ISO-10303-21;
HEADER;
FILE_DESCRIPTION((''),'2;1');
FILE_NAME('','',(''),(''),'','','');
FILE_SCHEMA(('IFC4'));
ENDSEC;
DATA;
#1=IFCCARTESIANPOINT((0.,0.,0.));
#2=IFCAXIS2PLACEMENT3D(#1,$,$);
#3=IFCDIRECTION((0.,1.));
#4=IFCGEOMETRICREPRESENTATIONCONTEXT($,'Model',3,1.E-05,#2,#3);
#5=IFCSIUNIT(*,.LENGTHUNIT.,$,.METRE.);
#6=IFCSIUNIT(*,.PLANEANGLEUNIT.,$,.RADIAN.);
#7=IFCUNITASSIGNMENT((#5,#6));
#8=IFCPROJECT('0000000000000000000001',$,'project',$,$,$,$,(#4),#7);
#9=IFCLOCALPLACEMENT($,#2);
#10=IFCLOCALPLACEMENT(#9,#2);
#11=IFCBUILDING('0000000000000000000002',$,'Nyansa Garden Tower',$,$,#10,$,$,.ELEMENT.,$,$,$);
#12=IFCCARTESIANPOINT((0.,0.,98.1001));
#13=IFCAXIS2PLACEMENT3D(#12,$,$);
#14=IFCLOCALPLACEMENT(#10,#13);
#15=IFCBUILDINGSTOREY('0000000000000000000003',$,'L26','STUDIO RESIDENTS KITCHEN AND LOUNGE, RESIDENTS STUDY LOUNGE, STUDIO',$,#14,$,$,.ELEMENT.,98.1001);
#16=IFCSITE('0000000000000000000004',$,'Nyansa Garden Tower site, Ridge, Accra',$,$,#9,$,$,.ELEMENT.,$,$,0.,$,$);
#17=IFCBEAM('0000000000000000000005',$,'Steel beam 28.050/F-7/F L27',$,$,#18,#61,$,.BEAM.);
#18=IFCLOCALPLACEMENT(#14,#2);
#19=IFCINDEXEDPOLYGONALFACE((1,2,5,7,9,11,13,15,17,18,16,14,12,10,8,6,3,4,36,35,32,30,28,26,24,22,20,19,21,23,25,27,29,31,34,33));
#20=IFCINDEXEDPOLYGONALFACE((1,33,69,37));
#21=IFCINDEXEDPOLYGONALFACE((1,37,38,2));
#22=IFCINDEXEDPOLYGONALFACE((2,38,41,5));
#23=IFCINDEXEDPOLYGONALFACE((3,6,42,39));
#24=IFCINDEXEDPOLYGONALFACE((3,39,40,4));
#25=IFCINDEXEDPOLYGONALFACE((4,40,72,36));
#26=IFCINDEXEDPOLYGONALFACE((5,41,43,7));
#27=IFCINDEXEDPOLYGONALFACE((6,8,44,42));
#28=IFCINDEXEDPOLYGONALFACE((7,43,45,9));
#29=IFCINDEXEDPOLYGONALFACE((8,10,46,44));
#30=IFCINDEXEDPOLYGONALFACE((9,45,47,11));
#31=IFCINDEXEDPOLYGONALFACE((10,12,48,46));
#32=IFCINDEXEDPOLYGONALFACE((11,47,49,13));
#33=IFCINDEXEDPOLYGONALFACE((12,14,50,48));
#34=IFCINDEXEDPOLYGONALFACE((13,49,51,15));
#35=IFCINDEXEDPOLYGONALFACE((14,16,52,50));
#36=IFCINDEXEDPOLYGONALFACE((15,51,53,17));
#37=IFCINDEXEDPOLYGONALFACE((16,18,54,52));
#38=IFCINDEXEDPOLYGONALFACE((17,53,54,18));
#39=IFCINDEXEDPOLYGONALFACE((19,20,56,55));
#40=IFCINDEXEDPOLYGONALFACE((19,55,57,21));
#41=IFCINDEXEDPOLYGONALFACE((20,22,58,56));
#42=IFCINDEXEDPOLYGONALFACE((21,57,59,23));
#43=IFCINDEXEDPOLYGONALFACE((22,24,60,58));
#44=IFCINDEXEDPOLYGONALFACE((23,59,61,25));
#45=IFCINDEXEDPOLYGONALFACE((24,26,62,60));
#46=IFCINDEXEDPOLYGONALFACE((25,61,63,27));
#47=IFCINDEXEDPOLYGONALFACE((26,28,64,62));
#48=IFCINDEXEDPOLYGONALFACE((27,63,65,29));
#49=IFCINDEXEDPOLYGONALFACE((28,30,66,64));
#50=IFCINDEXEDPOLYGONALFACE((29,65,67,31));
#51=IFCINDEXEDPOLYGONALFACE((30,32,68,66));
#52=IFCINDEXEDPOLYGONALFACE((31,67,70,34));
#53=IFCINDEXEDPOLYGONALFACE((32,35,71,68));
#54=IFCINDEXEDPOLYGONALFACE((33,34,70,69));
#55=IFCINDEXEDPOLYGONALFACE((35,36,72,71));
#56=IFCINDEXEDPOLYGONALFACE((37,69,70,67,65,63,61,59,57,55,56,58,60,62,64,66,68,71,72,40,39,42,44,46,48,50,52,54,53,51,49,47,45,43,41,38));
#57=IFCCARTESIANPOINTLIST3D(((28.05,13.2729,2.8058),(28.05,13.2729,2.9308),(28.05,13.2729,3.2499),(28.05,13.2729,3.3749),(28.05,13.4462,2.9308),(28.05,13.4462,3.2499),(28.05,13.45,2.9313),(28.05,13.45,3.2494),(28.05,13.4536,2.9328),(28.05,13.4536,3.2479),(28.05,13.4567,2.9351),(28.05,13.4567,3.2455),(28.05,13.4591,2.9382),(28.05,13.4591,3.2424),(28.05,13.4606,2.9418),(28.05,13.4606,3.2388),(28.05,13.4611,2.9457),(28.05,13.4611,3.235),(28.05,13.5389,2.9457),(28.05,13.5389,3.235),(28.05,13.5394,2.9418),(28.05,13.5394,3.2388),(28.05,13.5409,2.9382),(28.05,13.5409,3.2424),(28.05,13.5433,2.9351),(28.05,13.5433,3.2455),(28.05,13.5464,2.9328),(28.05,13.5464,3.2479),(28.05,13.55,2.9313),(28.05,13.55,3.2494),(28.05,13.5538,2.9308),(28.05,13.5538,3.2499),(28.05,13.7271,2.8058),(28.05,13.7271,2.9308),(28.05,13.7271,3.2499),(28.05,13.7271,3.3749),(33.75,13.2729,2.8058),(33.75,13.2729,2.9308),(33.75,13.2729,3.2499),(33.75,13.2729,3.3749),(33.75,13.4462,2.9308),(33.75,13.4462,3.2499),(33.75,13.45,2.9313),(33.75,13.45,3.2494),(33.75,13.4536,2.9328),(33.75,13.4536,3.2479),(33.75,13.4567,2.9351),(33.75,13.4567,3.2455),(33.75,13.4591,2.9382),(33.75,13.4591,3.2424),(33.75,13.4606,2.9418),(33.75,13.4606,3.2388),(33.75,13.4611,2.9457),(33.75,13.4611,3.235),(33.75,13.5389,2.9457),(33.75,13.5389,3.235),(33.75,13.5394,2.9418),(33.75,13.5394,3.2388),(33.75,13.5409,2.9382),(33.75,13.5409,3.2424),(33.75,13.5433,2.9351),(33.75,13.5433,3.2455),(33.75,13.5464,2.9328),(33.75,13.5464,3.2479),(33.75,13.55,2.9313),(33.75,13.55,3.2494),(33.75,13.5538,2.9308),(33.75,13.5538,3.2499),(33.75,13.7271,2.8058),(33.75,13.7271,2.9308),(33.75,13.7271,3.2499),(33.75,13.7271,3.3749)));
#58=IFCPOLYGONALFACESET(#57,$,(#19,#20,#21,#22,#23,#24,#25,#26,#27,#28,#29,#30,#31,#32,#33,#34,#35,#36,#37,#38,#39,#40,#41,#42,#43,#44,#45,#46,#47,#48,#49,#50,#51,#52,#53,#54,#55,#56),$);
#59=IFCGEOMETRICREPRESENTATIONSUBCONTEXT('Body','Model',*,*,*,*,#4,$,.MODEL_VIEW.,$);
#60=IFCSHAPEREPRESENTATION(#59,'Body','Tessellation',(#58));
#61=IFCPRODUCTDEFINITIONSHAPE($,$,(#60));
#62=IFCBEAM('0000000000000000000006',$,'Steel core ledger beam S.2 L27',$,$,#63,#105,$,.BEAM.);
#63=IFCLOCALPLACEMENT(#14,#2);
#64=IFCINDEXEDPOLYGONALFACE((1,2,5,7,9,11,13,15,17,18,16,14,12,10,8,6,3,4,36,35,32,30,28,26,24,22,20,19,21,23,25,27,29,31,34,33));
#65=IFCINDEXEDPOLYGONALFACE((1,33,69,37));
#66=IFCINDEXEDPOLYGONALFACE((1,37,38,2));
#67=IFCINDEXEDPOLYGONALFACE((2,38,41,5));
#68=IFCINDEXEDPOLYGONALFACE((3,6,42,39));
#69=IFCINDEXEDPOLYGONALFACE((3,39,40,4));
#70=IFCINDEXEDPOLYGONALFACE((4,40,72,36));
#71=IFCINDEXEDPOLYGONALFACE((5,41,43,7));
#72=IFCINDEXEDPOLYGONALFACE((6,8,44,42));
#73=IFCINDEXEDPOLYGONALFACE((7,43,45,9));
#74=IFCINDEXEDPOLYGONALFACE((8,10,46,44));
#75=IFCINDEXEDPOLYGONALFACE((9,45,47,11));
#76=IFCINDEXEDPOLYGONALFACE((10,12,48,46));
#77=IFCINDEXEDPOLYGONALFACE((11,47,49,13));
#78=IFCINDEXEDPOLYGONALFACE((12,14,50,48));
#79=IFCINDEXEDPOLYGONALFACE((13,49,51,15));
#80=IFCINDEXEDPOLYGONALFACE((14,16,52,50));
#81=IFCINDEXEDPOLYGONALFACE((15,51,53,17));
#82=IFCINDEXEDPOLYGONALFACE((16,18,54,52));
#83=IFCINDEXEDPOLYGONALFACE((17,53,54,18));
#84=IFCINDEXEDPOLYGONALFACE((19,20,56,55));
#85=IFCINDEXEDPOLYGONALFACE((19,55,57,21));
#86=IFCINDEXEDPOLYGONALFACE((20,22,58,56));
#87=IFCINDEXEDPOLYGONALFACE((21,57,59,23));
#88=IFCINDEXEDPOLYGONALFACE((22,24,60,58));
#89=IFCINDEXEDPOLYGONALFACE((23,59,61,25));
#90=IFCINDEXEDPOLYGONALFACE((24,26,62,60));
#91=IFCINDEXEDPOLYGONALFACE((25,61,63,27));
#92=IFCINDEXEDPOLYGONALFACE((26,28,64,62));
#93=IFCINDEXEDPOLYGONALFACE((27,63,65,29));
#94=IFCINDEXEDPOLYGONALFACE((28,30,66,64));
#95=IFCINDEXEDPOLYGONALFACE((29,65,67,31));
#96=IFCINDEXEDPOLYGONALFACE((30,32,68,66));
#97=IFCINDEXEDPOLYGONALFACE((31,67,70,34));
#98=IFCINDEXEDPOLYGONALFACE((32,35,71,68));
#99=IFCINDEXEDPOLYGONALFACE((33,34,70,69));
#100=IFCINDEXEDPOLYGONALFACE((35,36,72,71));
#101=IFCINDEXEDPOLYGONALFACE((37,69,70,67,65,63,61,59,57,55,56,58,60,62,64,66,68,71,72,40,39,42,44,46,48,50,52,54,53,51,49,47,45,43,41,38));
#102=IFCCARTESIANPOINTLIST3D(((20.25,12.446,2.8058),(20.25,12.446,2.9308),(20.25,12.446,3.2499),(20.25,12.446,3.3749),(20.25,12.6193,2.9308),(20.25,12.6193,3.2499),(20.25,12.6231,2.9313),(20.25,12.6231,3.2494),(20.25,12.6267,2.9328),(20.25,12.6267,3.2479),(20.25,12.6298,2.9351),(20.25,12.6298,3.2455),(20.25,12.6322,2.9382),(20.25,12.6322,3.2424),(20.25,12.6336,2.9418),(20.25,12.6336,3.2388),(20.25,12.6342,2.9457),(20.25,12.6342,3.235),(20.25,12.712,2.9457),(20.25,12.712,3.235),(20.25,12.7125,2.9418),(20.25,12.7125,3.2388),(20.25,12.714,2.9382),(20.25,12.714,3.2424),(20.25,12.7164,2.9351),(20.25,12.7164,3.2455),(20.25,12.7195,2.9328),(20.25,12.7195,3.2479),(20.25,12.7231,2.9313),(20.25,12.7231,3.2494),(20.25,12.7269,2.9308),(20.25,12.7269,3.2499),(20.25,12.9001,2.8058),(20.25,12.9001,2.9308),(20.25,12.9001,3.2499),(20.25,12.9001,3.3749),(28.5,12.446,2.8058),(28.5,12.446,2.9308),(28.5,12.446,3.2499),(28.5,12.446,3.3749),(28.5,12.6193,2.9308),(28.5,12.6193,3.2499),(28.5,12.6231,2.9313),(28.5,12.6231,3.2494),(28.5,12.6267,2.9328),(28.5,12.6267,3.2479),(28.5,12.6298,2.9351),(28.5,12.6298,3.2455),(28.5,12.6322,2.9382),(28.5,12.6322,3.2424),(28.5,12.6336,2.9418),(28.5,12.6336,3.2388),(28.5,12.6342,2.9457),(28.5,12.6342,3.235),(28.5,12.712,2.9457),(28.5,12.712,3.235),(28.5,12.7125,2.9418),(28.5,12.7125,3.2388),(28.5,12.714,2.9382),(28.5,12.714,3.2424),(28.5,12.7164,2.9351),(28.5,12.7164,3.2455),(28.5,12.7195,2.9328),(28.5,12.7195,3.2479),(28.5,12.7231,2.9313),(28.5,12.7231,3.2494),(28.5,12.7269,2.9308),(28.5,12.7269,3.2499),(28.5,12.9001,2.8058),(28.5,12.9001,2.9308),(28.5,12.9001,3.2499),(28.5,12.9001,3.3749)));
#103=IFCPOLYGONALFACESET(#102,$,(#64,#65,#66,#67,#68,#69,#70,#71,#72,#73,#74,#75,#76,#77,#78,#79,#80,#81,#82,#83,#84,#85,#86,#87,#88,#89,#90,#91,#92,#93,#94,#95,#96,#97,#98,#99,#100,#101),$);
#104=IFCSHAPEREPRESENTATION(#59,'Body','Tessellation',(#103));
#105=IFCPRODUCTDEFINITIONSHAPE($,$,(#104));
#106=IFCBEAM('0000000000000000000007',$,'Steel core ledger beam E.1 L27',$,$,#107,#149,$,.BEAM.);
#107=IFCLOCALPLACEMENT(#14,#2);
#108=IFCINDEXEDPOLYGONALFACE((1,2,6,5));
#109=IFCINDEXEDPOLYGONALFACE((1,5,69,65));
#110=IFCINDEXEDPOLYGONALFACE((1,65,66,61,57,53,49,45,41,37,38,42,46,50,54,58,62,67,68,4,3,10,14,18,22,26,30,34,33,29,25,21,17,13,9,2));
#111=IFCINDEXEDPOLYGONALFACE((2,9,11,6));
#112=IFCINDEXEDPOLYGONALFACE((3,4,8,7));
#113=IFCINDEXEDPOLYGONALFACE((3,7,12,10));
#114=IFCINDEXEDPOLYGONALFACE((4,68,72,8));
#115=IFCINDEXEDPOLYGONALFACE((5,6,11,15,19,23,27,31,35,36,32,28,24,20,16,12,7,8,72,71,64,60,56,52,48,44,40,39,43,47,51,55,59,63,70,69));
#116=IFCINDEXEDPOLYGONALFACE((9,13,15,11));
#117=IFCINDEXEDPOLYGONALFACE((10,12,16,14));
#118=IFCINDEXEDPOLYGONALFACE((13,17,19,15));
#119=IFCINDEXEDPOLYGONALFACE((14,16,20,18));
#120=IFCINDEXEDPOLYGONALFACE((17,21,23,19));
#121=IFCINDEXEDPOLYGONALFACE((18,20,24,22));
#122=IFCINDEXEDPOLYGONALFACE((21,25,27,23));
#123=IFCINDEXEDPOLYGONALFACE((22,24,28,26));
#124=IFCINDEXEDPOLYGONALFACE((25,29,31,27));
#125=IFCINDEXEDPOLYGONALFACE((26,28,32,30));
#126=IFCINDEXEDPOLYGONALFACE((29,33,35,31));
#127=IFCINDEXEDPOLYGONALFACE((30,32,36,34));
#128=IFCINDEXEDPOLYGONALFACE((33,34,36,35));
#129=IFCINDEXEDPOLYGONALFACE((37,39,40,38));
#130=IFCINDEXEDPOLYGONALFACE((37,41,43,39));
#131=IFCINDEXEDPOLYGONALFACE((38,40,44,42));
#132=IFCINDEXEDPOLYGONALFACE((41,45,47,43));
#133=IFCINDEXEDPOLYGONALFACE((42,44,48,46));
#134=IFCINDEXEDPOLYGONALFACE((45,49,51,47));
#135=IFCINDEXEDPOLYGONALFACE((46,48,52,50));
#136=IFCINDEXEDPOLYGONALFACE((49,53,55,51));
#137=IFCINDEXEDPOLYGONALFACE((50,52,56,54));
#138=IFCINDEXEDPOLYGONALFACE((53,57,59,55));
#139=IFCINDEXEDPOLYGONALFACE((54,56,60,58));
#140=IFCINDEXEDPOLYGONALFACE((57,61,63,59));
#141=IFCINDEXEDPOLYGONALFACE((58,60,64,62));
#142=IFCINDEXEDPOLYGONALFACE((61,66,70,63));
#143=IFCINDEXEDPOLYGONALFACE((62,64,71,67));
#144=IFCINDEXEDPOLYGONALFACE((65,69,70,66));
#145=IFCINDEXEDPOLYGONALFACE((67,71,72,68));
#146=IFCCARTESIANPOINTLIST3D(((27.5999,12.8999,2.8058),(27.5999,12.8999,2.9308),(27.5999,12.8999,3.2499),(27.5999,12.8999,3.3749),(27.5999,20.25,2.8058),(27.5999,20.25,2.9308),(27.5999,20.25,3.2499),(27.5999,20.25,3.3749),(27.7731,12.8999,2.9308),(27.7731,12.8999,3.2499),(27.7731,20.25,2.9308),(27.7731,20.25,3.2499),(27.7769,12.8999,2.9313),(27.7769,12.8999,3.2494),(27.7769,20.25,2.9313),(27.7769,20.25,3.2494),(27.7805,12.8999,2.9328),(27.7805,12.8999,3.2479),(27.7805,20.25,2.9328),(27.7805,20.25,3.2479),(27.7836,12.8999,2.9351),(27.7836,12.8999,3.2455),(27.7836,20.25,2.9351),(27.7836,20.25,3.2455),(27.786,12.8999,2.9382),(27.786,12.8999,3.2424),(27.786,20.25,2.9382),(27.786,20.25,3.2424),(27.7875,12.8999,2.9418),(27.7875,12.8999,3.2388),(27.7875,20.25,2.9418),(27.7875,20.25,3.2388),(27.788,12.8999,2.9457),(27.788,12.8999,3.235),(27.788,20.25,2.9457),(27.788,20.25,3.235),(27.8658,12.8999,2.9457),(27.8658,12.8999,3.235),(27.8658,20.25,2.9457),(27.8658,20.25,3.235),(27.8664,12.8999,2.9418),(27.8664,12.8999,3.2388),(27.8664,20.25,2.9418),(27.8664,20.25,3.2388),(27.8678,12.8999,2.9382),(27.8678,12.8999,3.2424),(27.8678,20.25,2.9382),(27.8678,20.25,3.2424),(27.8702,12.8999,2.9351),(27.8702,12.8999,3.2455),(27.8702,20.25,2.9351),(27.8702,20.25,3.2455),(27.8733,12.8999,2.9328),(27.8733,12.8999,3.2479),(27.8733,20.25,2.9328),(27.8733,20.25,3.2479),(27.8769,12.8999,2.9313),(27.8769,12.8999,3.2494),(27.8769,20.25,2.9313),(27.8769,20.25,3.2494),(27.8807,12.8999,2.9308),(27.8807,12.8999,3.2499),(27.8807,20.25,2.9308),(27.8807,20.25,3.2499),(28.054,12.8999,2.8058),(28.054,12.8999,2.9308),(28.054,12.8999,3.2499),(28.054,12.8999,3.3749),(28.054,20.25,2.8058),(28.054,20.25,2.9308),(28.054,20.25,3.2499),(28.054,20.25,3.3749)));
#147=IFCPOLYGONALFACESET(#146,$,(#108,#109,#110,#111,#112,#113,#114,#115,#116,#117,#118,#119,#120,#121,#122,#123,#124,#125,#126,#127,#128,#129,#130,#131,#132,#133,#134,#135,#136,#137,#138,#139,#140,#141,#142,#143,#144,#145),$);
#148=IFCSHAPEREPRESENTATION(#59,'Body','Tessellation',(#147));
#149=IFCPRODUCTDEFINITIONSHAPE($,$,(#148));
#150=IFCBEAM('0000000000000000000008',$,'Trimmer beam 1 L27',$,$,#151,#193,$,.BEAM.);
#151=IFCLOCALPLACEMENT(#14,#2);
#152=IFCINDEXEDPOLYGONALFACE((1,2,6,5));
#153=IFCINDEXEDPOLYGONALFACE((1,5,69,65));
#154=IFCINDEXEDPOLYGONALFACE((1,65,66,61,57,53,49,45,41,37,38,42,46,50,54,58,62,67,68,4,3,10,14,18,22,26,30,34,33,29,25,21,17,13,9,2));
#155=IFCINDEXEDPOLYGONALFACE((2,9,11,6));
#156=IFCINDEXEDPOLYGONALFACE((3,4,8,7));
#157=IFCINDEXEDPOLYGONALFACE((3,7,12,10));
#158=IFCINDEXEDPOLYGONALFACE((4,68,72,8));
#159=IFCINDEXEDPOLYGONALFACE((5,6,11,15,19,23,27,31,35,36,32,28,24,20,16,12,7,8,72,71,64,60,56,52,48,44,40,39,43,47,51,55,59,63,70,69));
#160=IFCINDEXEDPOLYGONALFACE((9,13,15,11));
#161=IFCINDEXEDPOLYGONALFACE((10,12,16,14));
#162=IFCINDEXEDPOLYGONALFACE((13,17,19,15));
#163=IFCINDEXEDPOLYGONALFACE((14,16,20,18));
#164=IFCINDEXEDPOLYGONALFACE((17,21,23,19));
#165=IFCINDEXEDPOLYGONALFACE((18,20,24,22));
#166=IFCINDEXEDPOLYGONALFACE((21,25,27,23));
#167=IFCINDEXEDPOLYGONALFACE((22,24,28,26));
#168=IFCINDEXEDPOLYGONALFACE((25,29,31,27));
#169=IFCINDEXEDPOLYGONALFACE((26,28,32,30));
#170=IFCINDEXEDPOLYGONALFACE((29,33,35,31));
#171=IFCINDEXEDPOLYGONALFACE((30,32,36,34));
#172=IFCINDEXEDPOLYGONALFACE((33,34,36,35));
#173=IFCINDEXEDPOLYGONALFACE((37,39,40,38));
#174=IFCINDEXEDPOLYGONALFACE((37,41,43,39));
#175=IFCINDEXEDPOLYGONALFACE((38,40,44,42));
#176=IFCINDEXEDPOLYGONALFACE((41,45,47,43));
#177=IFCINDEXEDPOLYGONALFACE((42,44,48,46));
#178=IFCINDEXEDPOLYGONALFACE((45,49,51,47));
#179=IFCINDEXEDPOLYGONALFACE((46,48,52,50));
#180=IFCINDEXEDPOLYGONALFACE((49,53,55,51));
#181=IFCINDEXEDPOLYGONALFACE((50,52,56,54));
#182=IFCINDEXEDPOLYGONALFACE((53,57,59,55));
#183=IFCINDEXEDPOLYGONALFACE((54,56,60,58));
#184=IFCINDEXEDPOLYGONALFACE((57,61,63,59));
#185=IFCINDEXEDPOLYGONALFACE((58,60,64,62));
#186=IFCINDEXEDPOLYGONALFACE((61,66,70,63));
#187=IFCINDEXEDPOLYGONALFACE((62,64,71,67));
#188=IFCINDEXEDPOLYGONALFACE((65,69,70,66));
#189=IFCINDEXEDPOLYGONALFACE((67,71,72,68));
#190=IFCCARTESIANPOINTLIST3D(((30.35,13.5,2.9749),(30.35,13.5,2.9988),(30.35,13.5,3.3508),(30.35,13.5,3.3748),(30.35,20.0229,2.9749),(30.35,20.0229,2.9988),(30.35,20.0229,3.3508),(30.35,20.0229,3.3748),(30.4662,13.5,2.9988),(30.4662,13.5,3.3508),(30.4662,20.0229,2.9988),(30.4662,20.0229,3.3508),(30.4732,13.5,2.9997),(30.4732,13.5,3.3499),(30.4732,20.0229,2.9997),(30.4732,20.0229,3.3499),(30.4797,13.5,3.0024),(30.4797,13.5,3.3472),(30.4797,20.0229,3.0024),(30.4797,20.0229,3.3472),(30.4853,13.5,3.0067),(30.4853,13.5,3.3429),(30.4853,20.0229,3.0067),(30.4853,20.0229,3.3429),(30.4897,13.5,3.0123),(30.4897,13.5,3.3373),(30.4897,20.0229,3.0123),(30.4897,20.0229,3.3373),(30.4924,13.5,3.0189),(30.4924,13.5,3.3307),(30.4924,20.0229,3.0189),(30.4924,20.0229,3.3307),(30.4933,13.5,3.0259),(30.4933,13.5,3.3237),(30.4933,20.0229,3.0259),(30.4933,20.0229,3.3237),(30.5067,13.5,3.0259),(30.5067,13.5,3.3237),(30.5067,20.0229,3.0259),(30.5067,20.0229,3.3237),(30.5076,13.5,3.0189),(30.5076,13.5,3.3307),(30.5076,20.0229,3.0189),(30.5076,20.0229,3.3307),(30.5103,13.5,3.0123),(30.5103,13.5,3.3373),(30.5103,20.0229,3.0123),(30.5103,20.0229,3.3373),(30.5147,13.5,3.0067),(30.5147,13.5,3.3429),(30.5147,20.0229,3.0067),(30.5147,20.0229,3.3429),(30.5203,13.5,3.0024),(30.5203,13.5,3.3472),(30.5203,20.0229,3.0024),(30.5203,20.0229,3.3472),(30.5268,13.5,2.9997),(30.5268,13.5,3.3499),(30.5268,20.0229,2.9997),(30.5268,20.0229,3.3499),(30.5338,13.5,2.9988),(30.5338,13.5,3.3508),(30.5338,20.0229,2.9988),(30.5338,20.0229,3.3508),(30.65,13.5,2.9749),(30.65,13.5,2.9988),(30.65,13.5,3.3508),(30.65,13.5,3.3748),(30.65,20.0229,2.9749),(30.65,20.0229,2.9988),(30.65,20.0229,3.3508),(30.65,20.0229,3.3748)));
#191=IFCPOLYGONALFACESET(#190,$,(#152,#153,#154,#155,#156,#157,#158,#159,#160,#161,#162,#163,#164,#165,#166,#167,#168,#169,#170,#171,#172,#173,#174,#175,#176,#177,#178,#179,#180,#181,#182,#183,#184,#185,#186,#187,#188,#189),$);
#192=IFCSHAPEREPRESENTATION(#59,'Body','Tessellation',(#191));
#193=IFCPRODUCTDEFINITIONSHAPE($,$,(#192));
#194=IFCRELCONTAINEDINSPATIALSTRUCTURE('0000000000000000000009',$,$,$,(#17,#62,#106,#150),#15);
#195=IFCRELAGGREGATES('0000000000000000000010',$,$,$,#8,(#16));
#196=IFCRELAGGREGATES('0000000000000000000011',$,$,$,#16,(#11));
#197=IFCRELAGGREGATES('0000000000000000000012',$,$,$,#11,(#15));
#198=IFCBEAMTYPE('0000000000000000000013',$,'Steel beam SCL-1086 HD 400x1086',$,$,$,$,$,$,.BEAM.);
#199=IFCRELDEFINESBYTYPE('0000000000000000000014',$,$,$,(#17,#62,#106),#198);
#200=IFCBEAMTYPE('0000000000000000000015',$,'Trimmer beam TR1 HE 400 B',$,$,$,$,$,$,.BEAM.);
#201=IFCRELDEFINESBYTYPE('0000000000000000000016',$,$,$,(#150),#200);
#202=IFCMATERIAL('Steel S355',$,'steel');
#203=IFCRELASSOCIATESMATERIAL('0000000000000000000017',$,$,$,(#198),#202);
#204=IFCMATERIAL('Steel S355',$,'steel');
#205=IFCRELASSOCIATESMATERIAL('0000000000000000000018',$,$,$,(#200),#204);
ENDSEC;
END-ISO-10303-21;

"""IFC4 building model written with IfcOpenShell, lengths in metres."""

from ifc_helpers import new_model, si_unit, direction, frame, origin, origin_2d, place, context, subcontext, project, spatial, i_section, extrude, material, material_profile, profile_set, type_object, element, save


model = new_model("IFC4")

# Units and contexts
model_context = context("Model", 3, precision=1e-05, world=origin(), true_north=direction((0.0, 1.0)))
body_context = subcontext(model_context, "Body", "Model", "MODEL_VIEW")
ifc_project = project(units=[si_unit("LENGTHUNIT", "METRE"), si_unit("PLANEANGLEUNIT", "RADIAN")], contexts=[model_context])

# Site, building, storey
site_placement = place(None, origin())
site = spatial("IfcSite", under=ifc_project, at=site_placement, Name="Nyansa Garden Tower site, Ridge, Accra", CompositionType="ELEMENT", RefElevation=0.0)
building_placement = place(site_placement, origin())
building = spatial("IfcBuilding", under=site, at=building_placement, Name="Nyansa Garden Tower", CompositionType="ELEMENT")
storey_placement = place(building_placement, frame((0.0, 0.0, 98.1001)))
storey = spatial("IfcBuildingStorey", under=building, at=storey_placement, Name="L26", Description="STUDIO RESIDENTS KITCHEN AND LOUNGE, RESIDENTS STUDY LOUNGE, STUDIO", CompositionType="ELEMENT", Elevation=98.1001)

# Beams
ifc_material_1 = material(Name="Steel S355", Category="steel")
ifc_material_profile_1 = material_profile(ifc_material_1, i_section(OverallWidth=0.4541, OverallDepth=0.5691, WebThickness=0.0779, FlangeThickness=0.125, FilletRadius=0.0149, at=origin_2d()), Name="HD 400x1086")
ifc_profile_set_1 = profile_set([ifc_material_profile_1], Name="Steel S355")
beam_type_1 = type_object("IfcBeamType", Name="Steel beam SCL-1086 HD 400x1086", PredefinedType="BEAM", material=ifc_profile_set_1)
for number, where, z_axis, x_axis, name in (
    (1, (28.05, 13.5, 3.0903), (1.0, 0.0, 0.0), (0.0, 1.0, 0.0), "Steel beam 28.050/F-7/F L27"),
):
    element("IfcBeam", number, at=place(storey_placement, frame(where, z_axis=z_axis, x_axis=x_axis)), inside=storey, type_object=beam_type_1, Name=name, PredefinedType="BEAM", context=body_context, shape_type="SweptSolid", body=[
        extrude(i_section(OverallWidth=0.4541, OverallDepth=0.5691, WebThickness=0.0779, FlangeThickness=0.125, FilletRadius=0.0149, at=origin_2d()), origin(), (0.0, 0.0, 1.0), 5.7),
    ])
beam_1_placement = place(storey_placement, frame((20.25, 12.6731, 3.0903), z_axis=(1.0, 0.0, 0.0), x_axis=(0.0, 1.0, 0.0)))
element("IfcBeam", 2, at=beam_1_placement, inside=storey, type_object=beam_type_1, Name="Steel core ledger beam S.2 L27", PredefinedType="BEAM", context=body_context, shape_type="SweptSolid", body=[
    extrude(i_section(OverallWidth=0.4541, OverallDepth=0.5691, WebThickness=0.0779, FlangeThickness=0.125, FilletRadius=0.0149, at=origin_2d()), origin(), (0.0, 0.0, 1.0), 8.25),
])
beam_2_placement = place(storey_placement, frame((27.8269, 12.8999, 3.0903), z_axis=(0.0, 1.0, 0.0), x_axis=(-1.0, 0.0, 0.0)))
element("IfcBeam", 3, at=beam_2_placement, inside=storey, type_object=beam_type_1, Name="Steel core ledger beam E.1 L27", PredefinedType="BEAM", context=body_context, shape_type="SweptSolid", body=[
    extrude(i_section(OverallWidth=0.4541, OverallDepth=0.5691, WebThickness=0.0779, FlangeThickness=0.125, FilletRadius=0.0149, at=origin_2d()), origin(), (0.0, 0.0, 1.0), 7.3501),
])
ifc_material_2 = material(Name="Steel S355", Category="steel")
ifc_material_profile_2 = material_profile(ifc_material_2, i_section(OverallWidth=0.3, OverallDepth=0.3999, WebThickness=0.0134, FlangeThickness=0.0239, FilletRadius=0.0271, at=origin_2d()), Name="HE 400 B")
ifc_profile_set_2 = profile_set([ifc_material_profile_2], Name="Steel S355")
beam_type_2 = type_object("IfcBeamType", Name="Trimmer beam TR1 HE 400 B", PredefinedType="BEAM", material=ifc_profile_set_2)
beam_3_placement = place(storey_placement, frame((30.5, 13.5, 3.1748), z_axis=(0.0, 1.0, 0.0), x_axis=(-1.0, 0.0, 0.0)))
element("IfcBeam", 4, at=beam_3_placement, inside=storey, type_object=beam_type_2, Name="Trimmer beam 1 L27", PredefinedType="BEAM", context=body_context, shape_type="SweptSolid", body=[
    extrude(i_section(OverallWidth=0.3, OverallDepth=0.3999, WebThickness=0.0134, FlangeThickness=0.0239, FilletRadius=0.0271, at=origin_2d()), origin(), (0.0, 0.0, 1.0), 6.5229),
])

save(model, "model.ifc")
